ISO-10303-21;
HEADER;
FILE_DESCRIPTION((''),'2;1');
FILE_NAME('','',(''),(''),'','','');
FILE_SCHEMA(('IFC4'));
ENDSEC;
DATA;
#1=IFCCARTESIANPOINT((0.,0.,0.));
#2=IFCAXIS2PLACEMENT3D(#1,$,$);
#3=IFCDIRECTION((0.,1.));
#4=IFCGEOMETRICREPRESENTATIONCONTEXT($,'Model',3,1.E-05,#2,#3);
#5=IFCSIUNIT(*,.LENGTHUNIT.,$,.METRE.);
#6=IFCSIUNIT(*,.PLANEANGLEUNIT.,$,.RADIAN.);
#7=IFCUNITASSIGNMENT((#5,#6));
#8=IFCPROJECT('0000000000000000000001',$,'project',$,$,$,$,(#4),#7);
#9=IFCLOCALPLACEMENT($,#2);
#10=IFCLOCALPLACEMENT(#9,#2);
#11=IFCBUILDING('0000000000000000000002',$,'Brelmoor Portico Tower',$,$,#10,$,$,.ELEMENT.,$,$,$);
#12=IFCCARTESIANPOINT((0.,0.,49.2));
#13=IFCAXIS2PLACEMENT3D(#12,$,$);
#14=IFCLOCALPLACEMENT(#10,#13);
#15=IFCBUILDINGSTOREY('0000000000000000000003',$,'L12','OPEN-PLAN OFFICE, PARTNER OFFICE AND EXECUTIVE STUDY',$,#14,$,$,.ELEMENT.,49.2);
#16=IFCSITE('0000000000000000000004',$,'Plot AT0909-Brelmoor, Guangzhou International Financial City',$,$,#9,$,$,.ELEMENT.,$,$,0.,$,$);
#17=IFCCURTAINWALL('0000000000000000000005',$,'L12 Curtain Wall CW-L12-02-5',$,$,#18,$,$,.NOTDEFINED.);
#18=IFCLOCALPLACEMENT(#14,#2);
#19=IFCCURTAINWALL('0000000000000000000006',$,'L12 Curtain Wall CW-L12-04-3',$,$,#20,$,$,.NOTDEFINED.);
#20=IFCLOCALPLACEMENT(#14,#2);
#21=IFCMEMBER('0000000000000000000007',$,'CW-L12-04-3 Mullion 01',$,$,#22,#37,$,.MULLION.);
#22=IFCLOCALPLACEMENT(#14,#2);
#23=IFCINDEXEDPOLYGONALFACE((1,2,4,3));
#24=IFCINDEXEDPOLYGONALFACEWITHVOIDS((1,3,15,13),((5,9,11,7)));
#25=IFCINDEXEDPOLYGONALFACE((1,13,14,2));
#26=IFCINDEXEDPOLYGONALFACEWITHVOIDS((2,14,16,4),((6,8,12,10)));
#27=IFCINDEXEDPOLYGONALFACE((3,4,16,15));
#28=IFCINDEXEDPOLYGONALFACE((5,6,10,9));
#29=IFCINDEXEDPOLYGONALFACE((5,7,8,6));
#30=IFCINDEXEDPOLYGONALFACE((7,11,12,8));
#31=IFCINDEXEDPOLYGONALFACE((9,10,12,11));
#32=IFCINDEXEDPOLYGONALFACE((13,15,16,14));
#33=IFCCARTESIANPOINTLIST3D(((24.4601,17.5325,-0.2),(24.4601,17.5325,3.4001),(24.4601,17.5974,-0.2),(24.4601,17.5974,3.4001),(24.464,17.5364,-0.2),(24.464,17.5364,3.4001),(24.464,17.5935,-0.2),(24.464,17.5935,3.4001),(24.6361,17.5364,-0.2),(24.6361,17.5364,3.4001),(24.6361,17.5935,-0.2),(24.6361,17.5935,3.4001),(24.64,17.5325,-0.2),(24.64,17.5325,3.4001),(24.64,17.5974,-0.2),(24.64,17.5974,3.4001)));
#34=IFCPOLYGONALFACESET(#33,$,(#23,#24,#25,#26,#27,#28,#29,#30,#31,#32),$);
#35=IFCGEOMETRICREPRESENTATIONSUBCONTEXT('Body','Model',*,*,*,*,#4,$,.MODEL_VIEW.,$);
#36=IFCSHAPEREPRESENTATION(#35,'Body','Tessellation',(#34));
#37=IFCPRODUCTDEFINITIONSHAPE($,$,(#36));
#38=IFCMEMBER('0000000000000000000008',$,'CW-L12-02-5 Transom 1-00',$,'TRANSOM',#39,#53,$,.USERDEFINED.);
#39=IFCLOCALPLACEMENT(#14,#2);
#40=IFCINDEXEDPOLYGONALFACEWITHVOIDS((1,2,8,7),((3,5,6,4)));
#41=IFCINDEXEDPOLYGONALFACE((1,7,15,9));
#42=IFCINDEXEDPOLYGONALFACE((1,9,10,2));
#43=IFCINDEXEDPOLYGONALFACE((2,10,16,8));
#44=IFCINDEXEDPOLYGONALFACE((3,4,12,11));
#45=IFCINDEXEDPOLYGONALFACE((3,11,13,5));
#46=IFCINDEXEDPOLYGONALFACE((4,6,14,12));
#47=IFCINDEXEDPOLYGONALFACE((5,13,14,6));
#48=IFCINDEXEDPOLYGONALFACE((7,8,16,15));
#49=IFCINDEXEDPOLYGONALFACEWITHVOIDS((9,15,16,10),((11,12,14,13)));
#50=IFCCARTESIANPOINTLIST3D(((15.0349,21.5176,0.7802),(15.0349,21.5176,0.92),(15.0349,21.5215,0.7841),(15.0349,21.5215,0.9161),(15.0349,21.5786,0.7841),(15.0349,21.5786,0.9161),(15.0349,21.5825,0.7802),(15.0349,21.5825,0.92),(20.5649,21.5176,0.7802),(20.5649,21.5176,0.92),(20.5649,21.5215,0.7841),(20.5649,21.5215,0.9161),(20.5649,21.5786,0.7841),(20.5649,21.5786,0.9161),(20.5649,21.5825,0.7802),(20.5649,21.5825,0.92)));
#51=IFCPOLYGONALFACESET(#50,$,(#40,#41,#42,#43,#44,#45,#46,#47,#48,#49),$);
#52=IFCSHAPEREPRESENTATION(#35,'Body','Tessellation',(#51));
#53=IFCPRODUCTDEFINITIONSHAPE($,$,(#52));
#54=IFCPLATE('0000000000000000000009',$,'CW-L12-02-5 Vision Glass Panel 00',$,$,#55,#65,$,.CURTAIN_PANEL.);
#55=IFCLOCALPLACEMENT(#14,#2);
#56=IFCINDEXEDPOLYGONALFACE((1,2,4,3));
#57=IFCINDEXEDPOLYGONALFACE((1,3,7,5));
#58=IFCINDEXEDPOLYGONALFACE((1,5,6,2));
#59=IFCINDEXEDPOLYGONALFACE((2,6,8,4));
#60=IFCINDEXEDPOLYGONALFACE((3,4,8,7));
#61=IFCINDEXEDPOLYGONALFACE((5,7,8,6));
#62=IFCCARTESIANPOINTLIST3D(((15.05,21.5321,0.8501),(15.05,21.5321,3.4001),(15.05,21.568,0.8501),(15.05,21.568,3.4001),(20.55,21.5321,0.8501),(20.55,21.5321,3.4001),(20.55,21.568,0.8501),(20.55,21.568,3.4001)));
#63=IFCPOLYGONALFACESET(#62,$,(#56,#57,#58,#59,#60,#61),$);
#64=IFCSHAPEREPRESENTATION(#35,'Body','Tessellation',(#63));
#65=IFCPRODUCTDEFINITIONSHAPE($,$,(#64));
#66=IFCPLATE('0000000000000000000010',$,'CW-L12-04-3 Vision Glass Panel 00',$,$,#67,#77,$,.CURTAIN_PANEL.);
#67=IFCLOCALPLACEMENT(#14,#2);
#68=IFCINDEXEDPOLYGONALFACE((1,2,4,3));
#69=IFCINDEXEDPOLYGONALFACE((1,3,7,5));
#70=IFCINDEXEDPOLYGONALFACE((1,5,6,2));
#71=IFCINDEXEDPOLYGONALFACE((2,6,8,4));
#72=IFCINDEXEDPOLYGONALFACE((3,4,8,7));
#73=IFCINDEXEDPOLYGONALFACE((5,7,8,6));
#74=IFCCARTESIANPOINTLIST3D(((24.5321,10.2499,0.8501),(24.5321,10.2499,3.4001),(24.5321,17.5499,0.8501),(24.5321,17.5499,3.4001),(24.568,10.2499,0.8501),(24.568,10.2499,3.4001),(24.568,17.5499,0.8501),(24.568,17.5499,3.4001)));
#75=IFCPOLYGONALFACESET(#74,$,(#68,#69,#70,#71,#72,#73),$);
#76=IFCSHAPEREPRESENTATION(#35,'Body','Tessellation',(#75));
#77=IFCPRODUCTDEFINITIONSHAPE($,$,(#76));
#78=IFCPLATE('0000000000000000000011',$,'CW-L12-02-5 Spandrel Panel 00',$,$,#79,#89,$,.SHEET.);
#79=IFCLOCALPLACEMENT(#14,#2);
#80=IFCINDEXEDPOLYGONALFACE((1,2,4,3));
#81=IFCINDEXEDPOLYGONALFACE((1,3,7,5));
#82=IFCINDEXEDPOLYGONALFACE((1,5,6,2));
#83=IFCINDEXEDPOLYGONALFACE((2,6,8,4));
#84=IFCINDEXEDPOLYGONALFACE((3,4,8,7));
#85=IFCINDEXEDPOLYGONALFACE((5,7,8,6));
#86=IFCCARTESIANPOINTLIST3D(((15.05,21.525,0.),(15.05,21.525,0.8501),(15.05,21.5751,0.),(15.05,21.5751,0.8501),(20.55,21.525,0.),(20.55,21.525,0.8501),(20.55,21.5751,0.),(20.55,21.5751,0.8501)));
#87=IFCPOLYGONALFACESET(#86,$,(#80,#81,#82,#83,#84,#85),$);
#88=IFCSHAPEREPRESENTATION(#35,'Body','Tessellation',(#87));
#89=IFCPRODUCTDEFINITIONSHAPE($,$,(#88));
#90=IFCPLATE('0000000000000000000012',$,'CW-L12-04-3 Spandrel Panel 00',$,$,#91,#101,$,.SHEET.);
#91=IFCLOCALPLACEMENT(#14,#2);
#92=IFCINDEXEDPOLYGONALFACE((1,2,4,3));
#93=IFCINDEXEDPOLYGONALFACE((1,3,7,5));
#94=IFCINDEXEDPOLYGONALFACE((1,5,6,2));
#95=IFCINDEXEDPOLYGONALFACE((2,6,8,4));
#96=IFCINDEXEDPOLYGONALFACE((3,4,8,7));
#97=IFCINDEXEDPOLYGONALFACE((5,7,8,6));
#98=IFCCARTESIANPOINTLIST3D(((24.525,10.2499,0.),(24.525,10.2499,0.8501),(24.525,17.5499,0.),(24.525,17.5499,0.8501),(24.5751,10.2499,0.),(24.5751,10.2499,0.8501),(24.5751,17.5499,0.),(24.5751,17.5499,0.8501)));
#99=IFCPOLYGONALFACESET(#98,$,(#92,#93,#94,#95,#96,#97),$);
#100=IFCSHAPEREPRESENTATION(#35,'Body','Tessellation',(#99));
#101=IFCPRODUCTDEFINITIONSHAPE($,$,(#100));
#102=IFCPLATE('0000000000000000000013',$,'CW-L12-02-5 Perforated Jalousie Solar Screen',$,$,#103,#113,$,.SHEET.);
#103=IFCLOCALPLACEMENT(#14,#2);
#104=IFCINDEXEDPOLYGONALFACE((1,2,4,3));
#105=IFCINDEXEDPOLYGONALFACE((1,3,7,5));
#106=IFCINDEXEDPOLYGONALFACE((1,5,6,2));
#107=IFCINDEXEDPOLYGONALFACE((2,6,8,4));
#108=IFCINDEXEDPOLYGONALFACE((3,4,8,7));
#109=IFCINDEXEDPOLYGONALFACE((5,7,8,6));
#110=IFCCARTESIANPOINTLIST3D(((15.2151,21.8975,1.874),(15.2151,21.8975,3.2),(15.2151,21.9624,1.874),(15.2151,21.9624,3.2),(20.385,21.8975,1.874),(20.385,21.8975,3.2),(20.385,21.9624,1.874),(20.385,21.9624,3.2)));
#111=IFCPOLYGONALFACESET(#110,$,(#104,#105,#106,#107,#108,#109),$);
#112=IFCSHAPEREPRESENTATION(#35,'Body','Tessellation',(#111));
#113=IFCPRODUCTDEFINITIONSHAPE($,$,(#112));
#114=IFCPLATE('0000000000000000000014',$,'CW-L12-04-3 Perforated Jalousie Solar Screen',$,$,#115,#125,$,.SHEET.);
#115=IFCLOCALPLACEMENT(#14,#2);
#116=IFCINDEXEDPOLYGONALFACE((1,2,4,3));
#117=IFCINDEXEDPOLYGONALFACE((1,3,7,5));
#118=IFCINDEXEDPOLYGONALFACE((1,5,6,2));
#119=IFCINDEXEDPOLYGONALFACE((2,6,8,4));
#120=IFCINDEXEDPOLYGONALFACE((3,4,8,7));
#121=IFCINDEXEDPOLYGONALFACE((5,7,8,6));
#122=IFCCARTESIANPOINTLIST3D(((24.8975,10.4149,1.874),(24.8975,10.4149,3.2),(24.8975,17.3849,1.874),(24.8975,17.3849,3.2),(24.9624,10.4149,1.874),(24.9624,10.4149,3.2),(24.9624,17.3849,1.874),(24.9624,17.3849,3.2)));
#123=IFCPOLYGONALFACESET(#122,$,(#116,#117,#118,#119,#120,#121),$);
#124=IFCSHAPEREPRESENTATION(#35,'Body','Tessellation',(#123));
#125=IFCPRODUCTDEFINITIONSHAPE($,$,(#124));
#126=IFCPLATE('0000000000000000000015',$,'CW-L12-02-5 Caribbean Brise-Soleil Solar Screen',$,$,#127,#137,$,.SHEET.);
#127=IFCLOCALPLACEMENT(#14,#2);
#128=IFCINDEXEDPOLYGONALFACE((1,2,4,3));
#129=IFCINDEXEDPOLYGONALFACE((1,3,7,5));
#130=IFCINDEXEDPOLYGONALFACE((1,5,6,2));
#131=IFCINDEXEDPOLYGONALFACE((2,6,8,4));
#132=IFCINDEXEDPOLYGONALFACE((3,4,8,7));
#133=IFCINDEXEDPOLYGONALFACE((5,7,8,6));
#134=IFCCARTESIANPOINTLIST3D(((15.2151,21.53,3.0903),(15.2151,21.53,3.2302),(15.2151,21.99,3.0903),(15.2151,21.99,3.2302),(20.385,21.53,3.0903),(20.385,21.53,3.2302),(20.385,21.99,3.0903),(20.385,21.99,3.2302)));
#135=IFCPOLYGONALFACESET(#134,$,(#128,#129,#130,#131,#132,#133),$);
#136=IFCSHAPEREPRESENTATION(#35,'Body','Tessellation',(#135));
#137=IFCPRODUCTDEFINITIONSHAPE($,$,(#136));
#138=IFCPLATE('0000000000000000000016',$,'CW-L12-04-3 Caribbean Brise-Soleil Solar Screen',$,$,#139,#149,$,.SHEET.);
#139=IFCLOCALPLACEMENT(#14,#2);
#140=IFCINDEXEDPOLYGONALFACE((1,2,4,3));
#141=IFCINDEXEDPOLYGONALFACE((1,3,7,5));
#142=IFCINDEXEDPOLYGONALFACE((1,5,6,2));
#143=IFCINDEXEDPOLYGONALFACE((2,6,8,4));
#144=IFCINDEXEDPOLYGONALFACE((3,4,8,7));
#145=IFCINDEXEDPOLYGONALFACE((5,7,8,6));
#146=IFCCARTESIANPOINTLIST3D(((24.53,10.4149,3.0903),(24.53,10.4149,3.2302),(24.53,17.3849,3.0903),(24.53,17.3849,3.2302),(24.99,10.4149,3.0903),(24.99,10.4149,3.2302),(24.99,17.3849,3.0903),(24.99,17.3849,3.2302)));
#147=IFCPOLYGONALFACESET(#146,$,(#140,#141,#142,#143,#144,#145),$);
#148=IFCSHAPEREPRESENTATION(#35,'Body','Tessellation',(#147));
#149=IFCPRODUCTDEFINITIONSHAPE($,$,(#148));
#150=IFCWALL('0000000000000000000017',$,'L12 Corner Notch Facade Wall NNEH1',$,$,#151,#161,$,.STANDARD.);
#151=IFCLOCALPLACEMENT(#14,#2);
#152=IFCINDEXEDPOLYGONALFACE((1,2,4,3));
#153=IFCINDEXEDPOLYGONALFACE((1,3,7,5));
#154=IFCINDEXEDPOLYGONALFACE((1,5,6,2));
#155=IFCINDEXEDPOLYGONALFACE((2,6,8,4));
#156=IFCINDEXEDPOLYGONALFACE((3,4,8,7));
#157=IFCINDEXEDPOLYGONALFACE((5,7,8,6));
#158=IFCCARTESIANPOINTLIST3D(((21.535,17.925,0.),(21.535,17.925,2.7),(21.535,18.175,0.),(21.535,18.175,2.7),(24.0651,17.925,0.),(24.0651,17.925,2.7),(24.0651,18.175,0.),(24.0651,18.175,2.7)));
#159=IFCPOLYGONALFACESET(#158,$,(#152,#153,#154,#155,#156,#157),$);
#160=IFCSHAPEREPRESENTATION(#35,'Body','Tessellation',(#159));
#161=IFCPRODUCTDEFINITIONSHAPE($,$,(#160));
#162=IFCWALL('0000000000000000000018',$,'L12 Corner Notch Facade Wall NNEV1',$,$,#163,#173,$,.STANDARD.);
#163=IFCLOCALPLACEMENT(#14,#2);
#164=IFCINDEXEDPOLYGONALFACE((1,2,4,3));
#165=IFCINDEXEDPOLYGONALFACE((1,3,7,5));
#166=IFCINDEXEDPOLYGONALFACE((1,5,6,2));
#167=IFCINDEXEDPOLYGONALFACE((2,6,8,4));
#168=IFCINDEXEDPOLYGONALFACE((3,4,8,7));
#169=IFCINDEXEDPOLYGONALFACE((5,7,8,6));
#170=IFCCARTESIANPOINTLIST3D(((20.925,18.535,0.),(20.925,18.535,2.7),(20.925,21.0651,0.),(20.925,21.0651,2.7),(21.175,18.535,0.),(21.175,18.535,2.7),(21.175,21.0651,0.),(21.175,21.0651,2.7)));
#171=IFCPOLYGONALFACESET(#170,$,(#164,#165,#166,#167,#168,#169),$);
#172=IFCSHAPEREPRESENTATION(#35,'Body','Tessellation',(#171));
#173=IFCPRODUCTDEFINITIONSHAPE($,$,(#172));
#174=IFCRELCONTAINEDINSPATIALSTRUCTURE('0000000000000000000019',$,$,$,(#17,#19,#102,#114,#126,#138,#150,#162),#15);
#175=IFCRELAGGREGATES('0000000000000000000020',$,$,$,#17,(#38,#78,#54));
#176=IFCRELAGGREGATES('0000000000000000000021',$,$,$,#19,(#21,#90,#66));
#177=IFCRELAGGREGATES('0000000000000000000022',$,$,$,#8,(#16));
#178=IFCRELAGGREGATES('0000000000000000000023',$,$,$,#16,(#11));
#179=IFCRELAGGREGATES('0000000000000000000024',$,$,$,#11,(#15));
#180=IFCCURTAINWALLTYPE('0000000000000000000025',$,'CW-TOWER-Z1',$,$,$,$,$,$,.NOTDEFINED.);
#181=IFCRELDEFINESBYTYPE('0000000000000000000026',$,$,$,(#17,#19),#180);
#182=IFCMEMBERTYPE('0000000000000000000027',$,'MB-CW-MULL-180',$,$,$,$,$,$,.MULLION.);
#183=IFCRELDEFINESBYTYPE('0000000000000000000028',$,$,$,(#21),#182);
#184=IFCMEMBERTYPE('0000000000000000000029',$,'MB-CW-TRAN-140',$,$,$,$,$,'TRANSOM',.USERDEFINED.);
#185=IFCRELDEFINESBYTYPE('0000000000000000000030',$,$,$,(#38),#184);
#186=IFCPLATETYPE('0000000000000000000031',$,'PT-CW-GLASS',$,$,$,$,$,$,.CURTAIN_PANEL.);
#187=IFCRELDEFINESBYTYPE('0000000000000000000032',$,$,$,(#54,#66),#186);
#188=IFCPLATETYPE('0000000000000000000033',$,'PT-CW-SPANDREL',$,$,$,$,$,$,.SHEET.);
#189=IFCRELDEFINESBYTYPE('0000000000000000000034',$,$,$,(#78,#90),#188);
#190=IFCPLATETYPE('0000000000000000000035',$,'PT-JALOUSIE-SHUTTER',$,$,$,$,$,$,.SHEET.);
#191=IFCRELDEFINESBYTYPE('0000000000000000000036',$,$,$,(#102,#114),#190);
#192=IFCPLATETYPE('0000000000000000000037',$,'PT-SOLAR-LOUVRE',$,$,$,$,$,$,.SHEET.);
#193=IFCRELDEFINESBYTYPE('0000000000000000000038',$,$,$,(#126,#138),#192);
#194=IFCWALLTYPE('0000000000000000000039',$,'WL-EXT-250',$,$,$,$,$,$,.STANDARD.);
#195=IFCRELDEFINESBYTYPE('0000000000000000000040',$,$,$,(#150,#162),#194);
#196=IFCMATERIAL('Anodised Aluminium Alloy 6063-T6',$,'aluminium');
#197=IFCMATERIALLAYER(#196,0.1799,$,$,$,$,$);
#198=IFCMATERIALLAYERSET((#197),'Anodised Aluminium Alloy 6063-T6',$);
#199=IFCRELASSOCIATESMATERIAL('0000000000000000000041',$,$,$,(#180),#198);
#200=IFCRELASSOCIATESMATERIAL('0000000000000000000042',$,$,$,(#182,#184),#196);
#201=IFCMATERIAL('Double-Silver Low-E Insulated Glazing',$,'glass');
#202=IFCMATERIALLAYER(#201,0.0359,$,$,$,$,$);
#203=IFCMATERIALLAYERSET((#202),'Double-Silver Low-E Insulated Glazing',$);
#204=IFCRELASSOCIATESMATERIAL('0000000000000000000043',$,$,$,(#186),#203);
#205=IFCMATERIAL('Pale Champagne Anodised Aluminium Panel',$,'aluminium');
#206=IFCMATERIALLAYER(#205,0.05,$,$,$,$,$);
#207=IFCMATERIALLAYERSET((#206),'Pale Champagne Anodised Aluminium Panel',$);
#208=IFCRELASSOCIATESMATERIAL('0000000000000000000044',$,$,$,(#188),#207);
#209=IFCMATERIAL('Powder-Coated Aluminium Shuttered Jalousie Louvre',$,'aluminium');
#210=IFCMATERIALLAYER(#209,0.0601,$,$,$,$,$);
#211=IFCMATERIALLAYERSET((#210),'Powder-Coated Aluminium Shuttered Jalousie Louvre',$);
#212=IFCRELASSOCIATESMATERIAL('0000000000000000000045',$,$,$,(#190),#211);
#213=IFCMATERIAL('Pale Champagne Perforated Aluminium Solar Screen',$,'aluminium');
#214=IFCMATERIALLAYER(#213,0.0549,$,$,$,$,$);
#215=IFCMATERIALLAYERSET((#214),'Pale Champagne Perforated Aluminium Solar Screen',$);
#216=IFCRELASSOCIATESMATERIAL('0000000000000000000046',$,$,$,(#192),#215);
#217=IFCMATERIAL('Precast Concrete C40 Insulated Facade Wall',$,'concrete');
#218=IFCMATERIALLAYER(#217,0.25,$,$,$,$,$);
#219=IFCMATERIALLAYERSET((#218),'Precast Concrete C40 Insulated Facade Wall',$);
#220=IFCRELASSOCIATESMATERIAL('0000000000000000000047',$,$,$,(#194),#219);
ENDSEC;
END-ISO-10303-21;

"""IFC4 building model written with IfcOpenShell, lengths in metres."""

from ifc_helpers import new_model, si_unit, direction, frame, frame_2d, origin, origin_2d, place, context, subcontext, project, spatial, rectangle, hollow_rectangle, extrude, material, layer, layer_set, material_profile, profile_set, type_object, element, aggregate, save


model = new_model("IFC4")

# Units and contexts
model_context = context("Model", 3, precision=1e-05, world=origin(), true_north=direction((0.0, 1.0)))
body_context = subcontext(model_context, "Body", "Model", "MODEL_VIEW")
ifc_project = project(units=[si_unit("LENGTHUNIT", "METRE"), si_unit("PLANEANGLEUNIT", "RADIAN")], contexts=[model_context])

# Site, building, storey
site_placement = place(None, origin())
site = spatial("IfcSite", under=ifc_project, at=site_placement, Name="Plot AT0909-Brelmoor, Guangzhou International Financial City", CompositionType="ELEMENT", RefElevation=0.0)
building_placement = place(site_placement, origin())
building = spatial("IfcBuilding", under=site, at=building_placement, Name="Brelmoor Portico Tower", CompositionType="ELEMENT")
storey_placement = place(building_placement, frame((0.0, 0.0, 49.2)))
storey = spatial("IfcBuildingStorey", under=building, at=storey_placement, Name="L12", Description="OPEN-PLAN OFFICE, PARTNER OFFICE AND EXECUTIVE STUDY", CompositionType="ELEMENT", Elevation=49.2)

# Shared definitions
ifc_material_1 = material(Name="Anodised Aluminium Alloy 6063-T6", Category="aluminium")
ifc_layer_1 = layer(ifc_material_1, 0.1799)
ifc_layer_set_1 = layer_set([ifc_layer_1], Name="Anodised Aluminium Alloy 6063-T6")
curtain_wall_type = type_object("IfcCurtainWallType", Name="CW-TOWER-Z1", PredefinedType="NOTDEFINED", material=ifc_layer_set_1)
ifc_material_profile_1 = material_profile(ifc_material_1, hollow_rectangle(XDim=0.0649, YDim=0.1799, WallThickness=0.0039, at=origin_2d()), Name="ALU MULLION 65x180")
ifc_profile_set_1 = profile_set([ifc_material_profile_1], Name="Anodised Aluminium Alloy 6063-T6")
member_type_1 = type_object("IfcMemberType", Name="MB-CW-MULL-180", PredefinedType="MULLION", material=ifc_profile_set_1)

# Curtain wall
curtain_wall_1_placement = place(storey_placement, origin())
curtain_wall_1 = element("IfcCurtainWall", 1, at=curtain_wall_1_placement, inside=storey, type_object=curtain_wall_type, Name="L12 Curtain Wall CW-L12-02-5", PredefinedType="NOTDEFINED")

# Curtain wall, member
curtain_wall_2_placement = place(storey_placement, origin())
curtain_wall_2 = element("IfcCurtainWall", 2, at=curtain_wall_2_placement, inside=storey, type_object=curtain_wall_type, Name="L12 Curtain Wall CW-L12-04-3", PredefinedType="NOTDEFINED")
member_1_placement = place(storey_placement, frame((24.55, 17.5649, -0.2), z_axis=(0.0, 0.0, 1.0), x_axis=(0.0, 1.0, 0.0)))
member_1 = element("IfcMember", 3, at=member_1_placement, type_object=member_type_1, Name="CW-L12-04-3 Mullion 01", PredefinedType="MULLION", context=body_context, shape_type="SweptSolid", body=[
    extrude(hollow_rectangle(XDim=0.0649, YDim=0.1799, WallThickness=0.0039, at=origin_2d()), origin(), (0.0, 0.0, 1.0), 3.6001),
])

# Member
ifc_material_profile_2 = material_profile(ifc_material_1, hollow_rectangle(XDim=0.0649, YDim=0.1399, WallThickness=0.0039, at=origin_2d()), Name="ALU TRANSOM 65x140")
ifc_profile_set_2 = profile_set([ifc_material_profile_2], Name="Anodised Aluminium Alloy 6063-T6")
member_type_2 = type_object("IfcMemberType", Name="MB-CW-TRAN-140", ElementType="TRANSOM", PredefinedType="USERDEFINED", material=ifc_profile_set_2)
member_2_placement = place(storey_placement, frame((15.0349, 21.55, 0.8501), z_axis=(1.0, 0.0, 0.0), x_axis=(0.0, 1.0, 0.0)))
member_2 = element("IfcMember", 4, at=member_2_placement, type_object=member_type_2, Name="CW-L12-02-5 Transom 1-00", ObjectType="TRANSOM", PredefinedType="USERDEFINED", context=body_context, shape_type="SweptSolid", body=[
    extrude(hollow_rectangle(XDim=0.0649, YDim=0.1399, WallThickness=0.0039, at=origin_2d()), origin(), (0.0, 0.0, 1.0), 5.53),
])

# Plates
ifc_material_2 = material(Name="Double-Silver Low-E Insulated Glazing", Category="glass")
ifc_layer_2 = layer(ifc_material_2, 0.0359)
ifc_layer_set_2 = layer_set([ifc_layer_2], Name="Double-Silver Low-E Insulated Glazing")
plate_type_1 = type_object("IfcPlateType", Name="PT-CW-GLASS", PredefinedType="CURTAIN_PANEL", material=ifc_layer_set_2)
plate_1_placement = place(storey_placement, frame((17.8, 21.55, 0.8501), z_axis=(0.0, 0.0, 1.0), x_axis=(1.0, 0.0, 0.0)))
plate_1 = element("IfcPlate", 5, at=plate_1_placement, type_object=plate_type_1, Name="CW-L12-02-5 Vision Glass Panel 00", PredefinedType="CURTAIN_PANEL", context=body_context, shape_type="SweptSolid", body=[
    extrude(rectangle(XDim=5.5, YDim=0.0359, at=origin_2d()), origin(), (0.0, 0.0, 1.0), 2.55),
])
plate_2_placement = place(storey_placement, frame((24.55, 13.8999, 0.8501), z_axis=(0.0, 0.0, 1.0), x_axis=(0.0, 1.0, 0.0)))
plate_2 = element("IfcPlate", 6, at=plate_2_placement, type_object=plate_type_1, Name="CW-L12-04-3 Vision Glass Panel 00", PredefinedType="CURTAIN_PANEL", context=body_context, shape_type="SweptSolid", body=[
    extrude(rectangle(XDim=7.3, YDim=0.0359, at=origin_2d()), origin(), (0.0, 0.0, 1.0), 2.55),
])
ifc_material_3 = material(Name="Pale Champagne Anodised Aluminium Panel", Category="aluminium")
ifc_layer_3 = layer(ifc_material_3, 0.05)
ifc_layer_set_3 = layer_set([ifc_layer_3], Name="Pale Champagne Anodised Aluminium Panel")
plate_type_2 = type_object("IfcPlateType", Name="PT-CW-SPANDREL", PredefinedType="SHEET", material=ifc_layer_set_3)
plate_3_placement = place(storey_placement, frame((17.8, 21.55, 0.0), z_axis=(0.0, 0.0, 1.0), x_axis=(1.0, 0.0, 0.0)))
plate_3 = element("IfcPlate", 7, at=plate_3_placement, type_object=plate_type_2, Name="CW-L12-02-5 Spandrel Panel 00", PredefinedType="SHEET", context=body_context, shape_type="SweptSolid", body=[
    extrude(rectangle(XDim=5.5, YDim=0.05, at=origin_2d()), origin(), (0.0, 0.0, 1.0), 0.8501),
])
aggregate(curtain_wall_1, [member_2, plate_3, plate_1])
plate_4_placement = place(storey_placement, frame((24.55, 13.8999, 0.0), z_axis=(0.0, 0.0, 1.0), x_axis=(0.0, 1.0, 0.0)))
plate_4 = element("IfcPlate", 8, at=plate_4_placement, type_object=plate_type_2, Name="CW-L12-04-3 Spandrel Panel 00", PredefinedType="SHEET", context=body_context, shape_type="SweptSolid", body=[
    extrude(rectangle(XDim=7.3, YDim=0.05, at=origin_2d()), origin(), (0.0, 0.0, 1.0), 0.8501),
])
aggregate(curtain_wall_2, [member_1, plate_4, plate_2])

# Plates
ifc_material_4 = material(Name="Powder-Coated Aluminium Shuttered Jalousie Louvre", Category="aluminium")
ifc_layer_4 = layer(ifc_material_4, 0.0601)
ifc_layer_set_4 = layer_set([ifc_layer_4], Name="Powder-Coated Aluminium Shuttered Jalousie Louvre")
plate_type_3 = type_object("IfcPlateType", Name="PT-JALOUSIE-SHUTTER", PredefinedType="SHEET", material=ifc_layer_set_4)
plate_5_placement = place(storey_placement, frame((17.8, 21.9299, 1.874), z_axis=(0.0, 0.0, 1.0), x_axis=(1.0, 0.0, 0.0)))
element("IfcPlate", 9, at=plate_5_placement, inside=storey, type_object=plate_type_3, Name="CW-L12-02-5 Perforated Jalousie Solar Screen", PredefinedType="SHEET", context=body_context, shape_type="SweptSolid", body=[
    extrude(rectangle(XDim=5.1699, YDim=0.0649, at=origin_2d()), origin(), (0.0, 0.0, 1.0), 1.3259),
])
plate_6_placement = place(storey_placement, frame((24.9299, 13.8999, 1.874), z_axis=(0.0, 0.0, 1.0), x_axis=(0.0, 1.0, 0.0)))
element("IfcPlate", 10, at=plate_6_placement, inside=storey, type_object=plate_type_3, Name="CW-L12-04-3 Perforated Jalousie Solar Screen", PredefinedType="SHEET", context=body_context, shape_type="SweptSolid", body=[
    extrude(rectangle(XDim=6.97, YDim=0.0649, at=origin_2d()), origin(), (0.0, 0.0, 1.0), 1.3259),
])
ifc_material_5 = material(Name="Pale Champagne Perforated Aluminium Solar Screen", Category="aluminium")
ifc_layer_5 = layer(ifc_material_5, 0.0549)
ifc_layer_set_5 = layer_set([ifc_layer_5], Name="Pale Champagne Perforated Aluminium Solar Screen")
plate_type_4 = type_object("IfcPlateType", Name="PT-SOLAR-LOUVRE", PredefinedType="SHEET", material=ifc_layer_set_5)
plate_7_placement = place(storey_placement, frame((17.8, 21.76, 3.0903), z_axis=(0.0, 0.0, 1.0), x_axis=(1.0, 0.0, 0.0)))
element("IfcPlate", 11, at=plate_7_placement, inside=storey, type_object=plate_type_4, Name="CW-L12-02-5 Caribbean Brise-Soleil Solar Screen", PredefinedType="SHEET", context=body_context, shape_type="SweptSolid", body=[
    extrude(rectangle(XDim=5.1699, YDim=0.46, at=origin_2d()), origin(), (0.0, 0.0, 1.0), 0.1399),
])
plate_8_placement = place(storey_placement, frame((24.76, 13.8999, 3.0903), z_axis=(0.0, 0.0, 1.0), x_axis=(0.0, 1.0, 0.0)))
element("IfcPlate", 12, at=plate_8_placement, inside=storey, type_object=plate_type_4, Name="CW-L12-04-3 Caribbean Brise-Soleil Solar Screen", PredefinedType="SHEET", context=body_context, shape_type="SweptSolid", body=[
    extrude(rectangle(XDim=6.97, YDim=0.46, at=origin_2d()), origin(), (0.0, 0.0, 1.0), 0.1399),
])

# Walls
ifc_material_6 = material(Name="Precast Concrete C40 Insulated Facade Wall", Category="concrete")
ifc_layer_6 = layer(ifc_material_6, 0.25)
ifc_layer_set_6 = layer_set([ifc_layer_6], Name="Precast Concrete C40 Insulated Facade Wall")
wall_type_1 = type_object("IfcWallType", Name="WL-EXT-250", PredefinedType="STANDARD", material=ifc_layer_set_6)
for number, where, z_axis, x_axis, name in (
    (13, (21.5349, 18.05, 0.0), (0.0, 0.0, 1.0), (1.0, 0.0, 0.0), "L12 Corner Notch Facade Wall NNEH1"),
    (14, (21.05, 18.5349, 0.0), (0.0, 0.0, 1.0), (0.0, 1.0, 0.0), "L12 Corner Notch Facade Wall NNEV1"),
):
    element("IfcWall", number, at=place(storey_placement, frame(where, z_axis=z_axis, x_axis=x_axis)), inside=storey, type_object=wall_type_1, Name=name, PredefinedType="STANDARD", context=body_context, shape_type="SweptSolid", body=[
        extrude(rectangle(XDim=2.53, YDim=0.25, at=frame_2d((1.2651, 0.0))), origin(), (0.0, 0.0, 1.0), 2.7),
    ])

save(model, "model.ifc")
